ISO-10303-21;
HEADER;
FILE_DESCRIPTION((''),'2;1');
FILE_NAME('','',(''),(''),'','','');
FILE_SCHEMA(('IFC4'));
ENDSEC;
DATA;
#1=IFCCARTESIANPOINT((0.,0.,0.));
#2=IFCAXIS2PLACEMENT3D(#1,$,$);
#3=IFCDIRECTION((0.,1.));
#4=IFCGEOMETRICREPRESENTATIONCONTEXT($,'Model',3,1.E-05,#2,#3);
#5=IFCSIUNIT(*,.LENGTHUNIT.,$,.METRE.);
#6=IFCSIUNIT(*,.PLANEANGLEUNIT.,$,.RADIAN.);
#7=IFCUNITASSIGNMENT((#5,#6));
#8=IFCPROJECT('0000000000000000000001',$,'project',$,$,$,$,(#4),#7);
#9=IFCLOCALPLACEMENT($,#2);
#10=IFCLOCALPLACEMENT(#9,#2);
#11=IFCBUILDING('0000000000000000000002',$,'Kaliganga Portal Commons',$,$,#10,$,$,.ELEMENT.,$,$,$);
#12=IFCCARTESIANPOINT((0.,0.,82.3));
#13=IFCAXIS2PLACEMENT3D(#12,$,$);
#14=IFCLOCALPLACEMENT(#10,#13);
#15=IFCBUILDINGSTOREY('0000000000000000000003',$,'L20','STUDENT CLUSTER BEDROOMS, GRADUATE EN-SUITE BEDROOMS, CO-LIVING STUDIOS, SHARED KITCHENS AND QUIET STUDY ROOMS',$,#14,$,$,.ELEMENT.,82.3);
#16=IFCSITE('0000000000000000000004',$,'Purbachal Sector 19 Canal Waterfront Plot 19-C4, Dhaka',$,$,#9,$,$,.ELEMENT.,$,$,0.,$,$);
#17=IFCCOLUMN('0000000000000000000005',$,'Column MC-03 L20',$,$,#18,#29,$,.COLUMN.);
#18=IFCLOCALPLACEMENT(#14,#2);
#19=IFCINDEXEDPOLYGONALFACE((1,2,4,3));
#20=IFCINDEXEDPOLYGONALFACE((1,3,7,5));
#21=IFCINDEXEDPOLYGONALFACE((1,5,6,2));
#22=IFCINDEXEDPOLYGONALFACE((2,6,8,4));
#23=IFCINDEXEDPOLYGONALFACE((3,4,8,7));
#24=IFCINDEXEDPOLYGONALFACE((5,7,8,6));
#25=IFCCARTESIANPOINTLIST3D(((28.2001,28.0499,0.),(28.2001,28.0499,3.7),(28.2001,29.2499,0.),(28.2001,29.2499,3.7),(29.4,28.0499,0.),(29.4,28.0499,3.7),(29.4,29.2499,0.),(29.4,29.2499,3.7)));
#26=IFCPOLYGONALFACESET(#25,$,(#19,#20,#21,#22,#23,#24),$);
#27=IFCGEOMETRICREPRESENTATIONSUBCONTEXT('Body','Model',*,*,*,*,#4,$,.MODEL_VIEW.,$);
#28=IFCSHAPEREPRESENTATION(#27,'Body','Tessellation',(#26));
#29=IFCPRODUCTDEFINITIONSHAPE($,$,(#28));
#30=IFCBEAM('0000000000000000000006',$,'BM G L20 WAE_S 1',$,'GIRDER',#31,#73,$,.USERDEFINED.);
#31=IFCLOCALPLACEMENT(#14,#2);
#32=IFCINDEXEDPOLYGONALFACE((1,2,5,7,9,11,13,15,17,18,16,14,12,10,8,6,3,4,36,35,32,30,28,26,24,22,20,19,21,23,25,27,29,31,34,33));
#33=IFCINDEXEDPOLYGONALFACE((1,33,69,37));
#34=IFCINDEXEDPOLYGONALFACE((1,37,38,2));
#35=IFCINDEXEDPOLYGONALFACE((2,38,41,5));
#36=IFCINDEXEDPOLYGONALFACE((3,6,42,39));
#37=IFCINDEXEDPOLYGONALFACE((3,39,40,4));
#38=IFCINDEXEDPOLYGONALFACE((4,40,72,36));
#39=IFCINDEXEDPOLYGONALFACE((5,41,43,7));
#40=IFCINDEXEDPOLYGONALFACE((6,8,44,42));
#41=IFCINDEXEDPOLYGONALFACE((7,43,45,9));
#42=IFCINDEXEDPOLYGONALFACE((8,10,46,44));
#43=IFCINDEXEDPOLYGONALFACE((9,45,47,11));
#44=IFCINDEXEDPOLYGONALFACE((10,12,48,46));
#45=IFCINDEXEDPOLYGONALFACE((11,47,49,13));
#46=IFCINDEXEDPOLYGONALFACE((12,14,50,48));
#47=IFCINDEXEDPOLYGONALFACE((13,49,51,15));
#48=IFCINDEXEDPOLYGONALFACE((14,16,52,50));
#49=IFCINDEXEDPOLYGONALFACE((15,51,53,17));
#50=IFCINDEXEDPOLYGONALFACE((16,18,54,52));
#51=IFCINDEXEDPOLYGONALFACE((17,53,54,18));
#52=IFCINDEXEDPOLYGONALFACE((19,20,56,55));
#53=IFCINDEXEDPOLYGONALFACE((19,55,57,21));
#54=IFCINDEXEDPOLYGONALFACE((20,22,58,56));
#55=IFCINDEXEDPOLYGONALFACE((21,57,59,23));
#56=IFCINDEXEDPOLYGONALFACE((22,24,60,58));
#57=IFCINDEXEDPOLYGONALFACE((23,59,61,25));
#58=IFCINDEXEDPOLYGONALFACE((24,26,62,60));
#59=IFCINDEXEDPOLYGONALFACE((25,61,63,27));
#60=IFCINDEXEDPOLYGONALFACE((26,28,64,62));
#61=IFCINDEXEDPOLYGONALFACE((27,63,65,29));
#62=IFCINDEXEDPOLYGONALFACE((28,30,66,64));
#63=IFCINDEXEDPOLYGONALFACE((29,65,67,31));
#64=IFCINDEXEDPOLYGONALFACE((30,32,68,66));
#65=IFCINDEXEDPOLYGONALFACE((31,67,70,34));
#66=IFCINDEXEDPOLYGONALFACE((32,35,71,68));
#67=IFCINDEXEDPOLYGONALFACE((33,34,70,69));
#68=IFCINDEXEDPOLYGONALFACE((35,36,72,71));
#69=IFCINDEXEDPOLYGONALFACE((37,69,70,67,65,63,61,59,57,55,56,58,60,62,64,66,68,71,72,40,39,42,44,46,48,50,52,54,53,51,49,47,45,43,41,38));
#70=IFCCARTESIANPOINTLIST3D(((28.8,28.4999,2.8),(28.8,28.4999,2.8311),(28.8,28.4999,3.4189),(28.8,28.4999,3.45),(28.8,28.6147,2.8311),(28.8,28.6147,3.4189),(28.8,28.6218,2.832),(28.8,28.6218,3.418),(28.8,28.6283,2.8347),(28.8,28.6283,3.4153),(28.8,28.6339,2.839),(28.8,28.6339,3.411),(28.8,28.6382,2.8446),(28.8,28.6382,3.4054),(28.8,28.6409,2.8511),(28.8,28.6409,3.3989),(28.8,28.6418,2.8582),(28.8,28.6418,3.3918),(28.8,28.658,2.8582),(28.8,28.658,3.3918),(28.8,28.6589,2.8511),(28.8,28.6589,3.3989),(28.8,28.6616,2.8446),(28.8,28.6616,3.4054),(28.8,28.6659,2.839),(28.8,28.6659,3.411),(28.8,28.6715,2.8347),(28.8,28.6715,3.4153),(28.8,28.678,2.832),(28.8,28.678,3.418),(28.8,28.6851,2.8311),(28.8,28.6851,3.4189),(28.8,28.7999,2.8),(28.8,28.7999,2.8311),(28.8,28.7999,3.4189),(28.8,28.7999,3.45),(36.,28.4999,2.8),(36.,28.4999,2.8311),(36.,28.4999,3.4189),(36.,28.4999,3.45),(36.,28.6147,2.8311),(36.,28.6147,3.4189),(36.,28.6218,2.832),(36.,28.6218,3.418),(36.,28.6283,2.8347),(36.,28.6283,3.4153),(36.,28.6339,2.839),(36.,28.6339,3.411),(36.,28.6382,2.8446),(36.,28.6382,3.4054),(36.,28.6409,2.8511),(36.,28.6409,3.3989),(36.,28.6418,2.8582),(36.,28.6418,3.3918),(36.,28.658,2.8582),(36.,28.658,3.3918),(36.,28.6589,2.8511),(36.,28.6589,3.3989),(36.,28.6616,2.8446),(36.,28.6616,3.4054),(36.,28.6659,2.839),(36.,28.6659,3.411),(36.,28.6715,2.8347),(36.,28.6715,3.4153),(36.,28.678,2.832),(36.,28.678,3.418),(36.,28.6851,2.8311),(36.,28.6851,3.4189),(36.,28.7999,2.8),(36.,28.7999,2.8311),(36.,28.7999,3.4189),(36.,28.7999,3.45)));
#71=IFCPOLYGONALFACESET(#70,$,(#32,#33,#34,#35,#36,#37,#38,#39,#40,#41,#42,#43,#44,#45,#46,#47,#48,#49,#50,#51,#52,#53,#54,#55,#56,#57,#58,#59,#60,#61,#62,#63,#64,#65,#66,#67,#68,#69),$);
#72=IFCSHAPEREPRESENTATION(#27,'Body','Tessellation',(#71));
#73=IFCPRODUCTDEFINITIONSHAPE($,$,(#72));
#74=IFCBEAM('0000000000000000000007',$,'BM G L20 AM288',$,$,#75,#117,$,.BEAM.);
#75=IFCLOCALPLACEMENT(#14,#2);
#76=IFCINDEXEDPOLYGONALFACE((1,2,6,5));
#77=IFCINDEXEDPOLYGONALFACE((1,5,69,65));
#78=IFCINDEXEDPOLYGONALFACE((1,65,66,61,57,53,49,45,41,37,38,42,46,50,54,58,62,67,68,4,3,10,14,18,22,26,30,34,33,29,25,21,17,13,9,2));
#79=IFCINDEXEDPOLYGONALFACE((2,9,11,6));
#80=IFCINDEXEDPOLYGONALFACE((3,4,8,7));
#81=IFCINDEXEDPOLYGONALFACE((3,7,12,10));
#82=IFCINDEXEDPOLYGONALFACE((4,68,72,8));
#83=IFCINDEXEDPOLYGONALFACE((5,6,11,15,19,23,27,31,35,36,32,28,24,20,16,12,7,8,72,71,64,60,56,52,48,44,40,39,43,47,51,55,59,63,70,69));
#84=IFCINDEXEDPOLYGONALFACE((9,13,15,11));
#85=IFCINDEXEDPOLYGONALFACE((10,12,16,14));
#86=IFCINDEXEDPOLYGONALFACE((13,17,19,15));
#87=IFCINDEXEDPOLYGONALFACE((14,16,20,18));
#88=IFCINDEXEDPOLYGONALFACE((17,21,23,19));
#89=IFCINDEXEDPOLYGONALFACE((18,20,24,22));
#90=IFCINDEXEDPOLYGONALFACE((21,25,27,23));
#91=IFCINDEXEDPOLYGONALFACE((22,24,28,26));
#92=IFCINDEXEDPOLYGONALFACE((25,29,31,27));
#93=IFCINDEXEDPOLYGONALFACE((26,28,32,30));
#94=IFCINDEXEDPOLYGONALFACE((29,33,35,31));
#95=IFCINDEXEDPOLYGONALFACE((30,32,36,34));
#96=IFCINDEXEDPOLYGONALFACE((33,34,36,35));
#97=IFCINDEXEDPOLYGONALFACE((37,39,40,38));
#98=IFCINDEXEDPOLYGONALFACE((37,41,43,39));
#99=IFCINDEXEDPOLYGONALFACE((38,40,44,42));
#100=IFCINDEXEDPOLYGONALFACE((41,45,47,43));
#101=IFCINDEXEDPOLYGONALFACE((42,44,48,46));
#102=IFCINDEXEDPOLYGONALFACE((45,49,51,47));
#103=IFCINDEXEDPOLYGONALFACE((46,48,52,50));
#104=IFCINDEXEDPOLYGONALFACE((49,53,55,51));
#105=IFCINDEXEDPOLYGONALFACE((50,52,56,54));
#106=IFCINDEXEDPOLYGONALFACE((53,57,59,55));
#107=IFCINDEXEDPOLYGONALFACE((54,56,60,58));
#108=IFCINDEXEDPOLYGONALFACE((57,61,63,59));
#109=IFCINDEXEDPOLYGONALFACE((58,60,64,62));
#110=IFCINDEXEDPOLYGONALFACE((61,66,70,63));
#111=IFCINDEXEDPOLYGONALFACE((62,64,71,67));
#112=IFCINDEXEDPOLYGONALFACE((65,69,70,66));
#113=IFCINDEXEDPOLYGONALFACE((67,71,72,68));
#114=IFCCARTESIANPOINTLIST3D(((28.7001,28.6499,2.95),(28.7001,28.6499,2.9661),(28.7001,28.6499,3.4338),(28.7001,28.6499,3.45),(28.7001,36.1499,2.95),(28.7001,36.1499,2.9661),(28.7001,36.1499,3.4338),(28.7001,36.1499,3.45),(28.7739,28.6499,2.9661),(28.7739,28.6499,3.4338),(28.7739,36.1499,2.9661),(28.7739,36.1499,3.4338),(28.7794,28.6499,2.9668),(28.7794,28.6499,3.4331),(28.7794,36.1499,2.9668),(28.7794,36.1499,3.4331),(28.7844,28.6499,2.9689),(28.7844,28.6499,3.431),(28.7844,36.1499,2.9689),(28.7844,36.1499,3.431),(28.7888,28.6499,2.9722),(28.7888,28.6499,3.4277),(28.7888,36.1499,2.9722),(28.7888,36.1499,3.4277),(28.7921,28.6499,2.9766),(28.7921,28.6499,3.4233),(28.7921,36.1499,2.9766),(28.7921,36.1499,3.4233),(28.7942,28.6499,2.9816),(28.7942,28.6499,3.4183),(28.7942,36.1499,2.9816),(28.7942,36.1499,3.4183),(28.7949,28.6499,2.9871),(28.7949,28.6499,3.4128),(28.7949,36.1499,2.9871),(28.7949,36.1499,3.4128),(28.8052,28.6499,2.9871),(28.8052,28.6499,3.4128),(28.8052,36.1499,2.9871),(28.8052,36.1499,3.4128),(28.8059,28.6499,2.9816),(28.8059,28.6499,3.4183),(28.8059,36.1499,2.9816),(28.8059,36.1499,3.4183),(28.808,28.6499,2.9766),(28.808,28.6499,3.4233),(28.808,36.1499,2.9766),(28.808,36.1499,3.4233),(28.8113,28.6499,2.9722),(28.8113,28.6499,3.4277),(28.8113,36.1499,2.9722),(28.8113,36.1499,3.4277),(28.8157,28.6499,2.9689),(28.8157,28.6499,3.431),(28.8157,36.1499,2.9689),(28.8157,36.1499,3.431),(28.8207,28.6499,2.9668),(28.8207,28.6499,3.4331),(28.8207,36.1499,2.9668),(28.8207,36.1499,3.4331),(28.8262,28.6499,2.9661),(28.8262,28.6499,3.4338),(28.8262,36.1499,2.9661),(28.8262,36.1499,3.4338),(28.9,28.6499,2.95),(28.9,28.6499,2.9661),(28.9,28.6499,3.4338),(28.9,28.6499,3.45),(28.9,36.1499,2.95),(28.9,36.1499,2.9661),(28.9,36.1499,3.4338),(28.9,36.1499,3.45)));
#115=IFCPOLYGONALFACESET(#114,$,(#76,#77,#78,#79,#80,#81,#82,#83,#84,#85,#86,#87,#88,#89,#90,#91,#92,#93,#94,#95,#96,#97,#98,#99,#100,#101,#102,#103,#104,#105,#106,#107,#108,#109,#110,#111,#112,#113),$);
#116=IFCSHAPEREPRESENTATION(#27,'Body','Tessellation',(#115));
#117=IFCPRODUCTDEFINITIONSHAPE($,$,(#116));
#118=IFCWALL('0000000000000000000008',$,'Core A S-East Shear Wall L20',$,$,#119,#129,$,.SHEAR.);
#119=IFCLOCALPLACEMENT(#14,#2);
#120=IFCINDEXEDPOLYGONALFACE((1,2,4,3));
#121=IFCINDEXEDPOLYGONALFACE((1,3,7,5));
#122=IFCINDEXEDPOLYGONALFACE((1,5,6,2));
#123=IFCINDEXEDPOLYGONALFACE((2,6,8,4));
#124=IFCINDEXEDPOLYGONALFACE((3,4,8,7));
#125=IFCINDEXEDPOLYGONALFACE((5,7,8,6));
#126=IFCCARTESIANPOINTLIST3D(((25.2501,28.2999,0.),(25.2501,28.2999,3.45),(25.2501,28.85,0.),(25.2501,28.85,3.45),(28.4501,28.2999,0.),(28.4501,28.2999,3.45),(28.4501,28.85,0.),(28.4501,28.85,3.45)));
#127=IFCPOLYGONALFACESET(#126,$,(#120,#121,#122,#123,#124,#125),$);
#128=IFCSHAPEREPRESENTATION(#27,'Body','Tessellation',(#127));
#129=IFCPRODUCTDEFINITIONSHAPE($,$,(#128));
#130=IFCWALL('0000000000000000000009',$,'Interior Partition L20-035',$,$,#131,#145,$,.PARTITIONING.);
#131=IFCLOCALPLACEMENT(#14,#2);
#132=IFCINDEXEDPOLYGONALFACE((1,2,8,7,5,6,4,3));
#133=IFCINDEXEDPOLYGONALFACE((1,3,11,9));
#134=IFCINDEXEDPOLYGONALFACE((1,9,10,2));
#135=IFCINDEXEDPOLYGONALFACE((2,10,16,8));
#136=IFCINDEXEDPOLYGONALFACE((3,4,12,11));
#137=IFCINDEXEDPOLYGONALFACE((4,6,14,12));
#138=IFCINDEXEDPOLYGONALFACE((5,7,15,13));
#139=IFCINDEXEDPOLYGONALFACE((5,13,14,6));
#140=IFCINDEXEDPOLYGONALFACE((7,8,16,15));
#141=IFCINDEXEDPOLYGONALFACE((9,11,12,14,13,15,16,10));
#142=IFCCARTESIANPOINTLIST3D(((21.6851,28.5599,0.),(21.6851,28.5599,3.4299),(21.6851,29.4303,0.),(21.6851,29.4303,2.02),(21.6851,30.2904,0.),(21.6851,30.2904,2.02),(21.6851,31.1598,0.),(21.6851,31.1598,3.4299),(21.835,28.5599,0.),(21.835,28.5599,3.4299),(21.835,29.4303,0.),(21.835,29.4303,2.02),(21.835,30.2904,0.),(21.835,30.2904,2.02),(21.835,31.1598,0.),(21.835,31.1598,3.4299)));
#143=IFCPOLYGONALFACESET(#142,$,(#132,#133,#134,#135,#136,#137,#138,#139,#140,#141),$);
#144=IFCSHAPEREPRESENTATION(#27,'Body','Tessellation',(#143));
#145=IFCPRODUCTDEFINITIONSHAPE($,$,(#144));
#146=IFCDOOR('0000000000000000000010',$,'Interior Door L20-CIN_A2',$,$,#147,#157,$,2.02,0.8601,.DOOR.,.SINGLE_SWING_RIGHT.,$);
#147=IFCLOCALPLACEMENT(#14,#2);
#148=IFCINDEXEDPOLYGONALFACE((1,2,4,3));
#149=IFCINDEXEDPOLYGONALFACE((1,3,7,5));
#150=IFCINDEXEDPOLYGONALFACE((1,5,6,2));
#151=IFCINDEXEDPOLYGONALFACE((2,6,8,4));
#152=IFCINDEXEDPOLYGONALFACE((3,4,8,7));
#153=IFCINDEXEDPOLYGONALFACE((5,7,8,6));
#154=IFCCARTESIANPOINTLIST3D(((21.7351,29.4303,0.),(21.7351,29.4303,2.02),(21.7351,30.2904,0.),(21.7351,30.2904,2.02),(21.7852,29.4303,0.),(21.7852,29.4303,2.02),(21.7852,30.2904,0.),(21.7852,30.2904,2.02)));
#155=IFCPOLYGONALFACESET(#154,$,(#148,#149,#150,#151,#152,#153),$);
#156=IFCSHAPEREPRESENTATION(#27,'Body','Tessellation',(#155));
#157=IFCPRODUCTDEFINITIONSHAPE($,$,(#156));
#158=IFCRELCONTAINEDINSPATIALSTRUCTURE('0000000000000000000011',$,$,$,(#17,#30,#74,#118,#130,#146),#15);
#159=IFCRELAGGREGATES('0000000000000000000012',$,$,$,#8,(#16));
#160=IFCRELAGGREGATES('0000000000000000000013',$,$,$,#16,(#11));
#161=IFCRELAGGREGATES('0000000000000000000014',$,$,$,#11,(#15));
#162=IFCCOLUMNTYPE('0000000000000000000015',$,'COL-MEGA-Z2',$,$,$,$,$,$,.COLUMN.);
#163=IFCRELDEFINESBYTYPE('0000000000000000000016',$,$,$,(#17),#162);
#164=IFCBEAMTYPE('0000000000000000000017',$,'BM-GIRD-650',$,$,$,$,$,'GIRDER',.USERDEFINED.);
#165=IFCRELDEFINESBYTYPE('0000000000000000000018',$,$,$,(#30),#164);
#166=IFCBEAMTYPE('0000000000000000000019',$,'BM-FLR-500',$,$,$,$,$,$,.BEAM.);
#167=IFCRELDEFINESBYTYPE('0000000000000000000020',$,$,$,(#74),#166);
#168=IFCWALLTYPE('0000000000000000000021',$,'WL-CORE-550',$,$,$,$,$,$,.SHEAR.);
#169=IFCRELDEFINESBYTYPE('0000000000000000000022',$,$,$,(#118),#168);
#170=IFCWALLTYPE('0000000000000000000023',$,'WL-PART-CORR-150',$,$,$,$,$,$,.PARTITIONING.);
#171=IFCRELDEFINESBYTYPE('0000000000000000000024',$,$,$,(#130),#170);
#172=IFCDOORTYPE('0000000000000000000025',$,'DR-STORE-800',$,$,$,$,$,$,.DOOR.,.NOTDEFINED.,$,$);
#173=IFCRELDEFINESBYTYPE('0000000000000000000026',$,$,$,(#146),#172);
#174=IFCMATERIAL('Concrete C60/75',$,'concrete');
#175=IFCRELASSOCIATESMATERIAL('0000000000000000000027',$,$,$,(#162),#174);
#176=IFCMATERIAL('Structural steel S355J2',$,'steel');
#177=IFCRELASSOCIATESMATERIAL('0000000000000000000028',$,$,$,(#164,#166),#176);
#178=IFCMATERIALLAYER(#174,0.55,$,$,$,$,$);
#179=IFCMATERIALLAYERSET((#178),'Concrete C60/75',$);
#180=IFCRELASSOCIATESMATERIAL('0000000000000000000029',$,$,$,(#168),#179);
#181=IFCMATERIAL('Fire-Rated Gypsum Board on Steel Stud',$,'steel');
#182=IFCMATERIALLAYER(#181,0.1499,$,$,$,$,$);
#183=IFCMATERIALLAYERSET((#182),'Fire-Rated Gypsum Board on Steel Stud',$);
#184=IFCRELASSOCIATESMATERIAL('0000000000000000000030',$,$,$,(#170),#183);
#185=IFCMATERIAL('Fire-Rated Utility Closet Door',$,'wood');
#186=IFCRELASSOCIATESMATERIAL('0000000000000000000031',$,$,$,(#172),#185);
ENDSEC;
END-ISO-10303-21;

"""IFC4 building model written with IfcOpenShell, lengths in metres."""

from ifc_helpers import new_model, si_unit, direction, frame, frame_2d, origin, origin_2d, place, context, subcontext, project, spatial, rectangle, i_section, extrude, source, transform, mapped, material, layer, layer_set, material_profile, profile_set, type_object, element, fill, save


model = new_model("IFC4")

# Units and contexts
model_context = context("Model", 3, precision=1e-05, world=origin(), true_north=direction((0.0, 1.0)))
body_context = subcontext(model_context, "Body", "Model", "MODEL_VIEW")
ifc_project = project(units=[si_unit("LENGTHUNIT", "METRE"), si_unit("PLANEANGLEUNIT", "RADIAN")], contexts=[model_context])

# Site, building, storey
site_placement = place(None, origin())
site = spatial("IfcSite", under=ifc_project, at=site_placement, Name="Purbachal Sector 19 Canal Waterfront Plot 19-C4, Dhaka", CompositionType="ELEMENT", RefElevation=0.0)
building_placement = place(site_placement, origin())
building = spatial("IfcBuilding", under=site, at=building_placement, Name="Kaliganga Portal Commons", CompositionType="ELEMENT")
storey_placement = place(building_placement, frame((0.0, 0.0, 82.3)))
storey = spatial("IfcBuildingStorey", under=building, at=storey_placement, Name="L20", Description="STUDENT CLUSTER BEDROOMS, GRADUATE EN-SUITE BEDROOMS, CO-LIVING STUDIOS, SHARED KITCHENS AND QUIET STUDY ROOMS", CompositionType="ELEMENT", Elevation=82.3)

# Column
ifc_material_1 = material(Name="Concrete C60/75", Category="concrete")
ifc_material_profile_1 = material_profile(ifc_material_1, rectangle(XDim=1.2, YDim=1.2, at=origin_2d()), Name="RC 1200x1200")
ifc_profile_set_1 = profile_set([ifc_material_profile_1], Name="Concrete C60/75")
column_type = type_object("IfcColumnType", Name="COL-MEGA-Z2", PredefinedType="COLUMN", material=ifc_profile_set_1)
shared_shape_1 = source(origin(), body_context, "Body", "SweptSolid", [
    extrude(rectangle(XDim=1.2, YDim=1.2, at=origin_2d()), origin(), (0.0, 0.0, 1.0), 3.7),
])
column_placement = place(storey_placement, frame((28.8, 28.6499, 0.0), z_axis=(0.0, 0.0, 1.0), x_axis=(1.0, 0.0, 0.0)))
element("IfcColumn", 1, at=column_placement, inside=storey, type_object=column_type, Name="Column MC-03 L20", PredefinedType="COLUMN", context=body_context, shape_type="MappedRepresentation", body=[
    mapped(shared_shape_1, transform((0.0, 0.0, 0.0), x_axis=(1.0, 0.0, 0.0), y_axis=(0.0, 1.0, 0.0), z_axis=(0.0, 0.0, 1.0), scale=1.0)),
])

# Beams
ifc_material_2 = material(Name="Structural steel S355J2", Category="steel")
ifc_material_profile_2 = material_profile(ifc_material_2, i_section(OverallWidth=0.3, OverallDepth=0.6499, WebThickness=0.0161, FlangeThickness=0.031, FilletRadius=0.0271, at=origin_2d()), Name="HE 650 B")
ifc_profile_set_2 = profile_set([ifc_material_profile_2], Name="Structural steel S355J2 wide-flange")
beam_type_1 = type_object("IfcBeamType", Name="BM-GIRD-650", ElementType="GIRDER", PredefinedType="USERDEFINED", material=ifc_profile_set_2)
shared_shape_2 = source(origin(), body_context, "Body", "SweptSolid", [
    extrude(i_section(OverallWidth=0.3, OverallDepth=0.6499, WebThickness=0.0161, FlangeThickness=0.031, FilletRadius=0.0271, at=origin_2d()), origin(), (0.0, 0.0, 1.0), 7.2),
])
beam_1_placement = place(storey_placement, frame((28.8, 28.6499, 3.125), z_axis=(1.0, 0.0, 0.0), x_axis=(0.0, 1.0, 0.0)))
element("IfcBeam", 2, at=beam_1_placement, inside=storey, type_object=beam_type_1, Name="BM G L20 WAE_S 1", ObjectType="GIRDER", PredefinedType="USERDEFINED", context=body_context, shape_type="MappedRepresentation", body=[
    mapped(shared_shape_2, transform((0.0, 0.0, 0.0), x_axis=(1.0, 0.0, 0.0), y_axis=(0.0, 1.0, 0.0), z_axis=(0.0, 0.0, 1.0), scale=1.0)),
])
ifc_material_profile_3 = material_profile(ifc_material_2, i_section(OverallWidth=0.2, OverallDepth=0.5, WebThickness=0.0103, FlangeThickness=0.0161, FilletRadius=0.021, at=origin_2d()), Name="IPE 500")
ifc_profile_set_3 = profile_set([ifc_material_profile_3], Name="Structural steel S355J2 wide-flange")
beam_type_2 = type_object("IfcBeamType", Name="BM-FLR-500", PredefinedType="BEAM", material=ifc_profile_set_3)
shared_shape_3 = source(origin(), body_context, "Body", "SweptSolid", [
    extrude(i_section(OverallWidth=0.2, OverallDepth=0.5, WebThickness=0.0103, FlangeThickness=0.0161, FilletRadius=0.021, at=origin_2d()), origin(), (0.0, 0.0, 1.0), 7.5),
])
beam_2_placement = place(storey_placement, frame((28.8, 28.6499, 3.2), z_axis=(0.0, 1.0, 0.0), x_axis=(-1.0, 0.0, 0.0)))
element("IfcBeam", 3, at=beam_2_placement, inside=storey, type_object=beam_type_2, Name="BM G L20 AM288", PredefinedType="BEAM", context=body_context, shape_type="MappedRepresentation", body=[
    mapped(shared_shape_3, transform((0.0, 0.0, 0.0), x_axis=(1.0, 0.0, 0.0), y_axis=(0.0, 1.0, 0.0), z_axis=(0.0, 0.0, 1.0), scale=1.0)),
])

# Wall
ifc_layer_1 = layer(ifc_material_1, 0.55)
ifc_layer_set_1 = layer_set([ifc_layer_1], Name="Concrete C60/75")
wall_type_1 = type_object("IfcWallType", Name="WL-CORE-550", PredefinedType="SHEAR", material=ifc_layer_set_1)
wall_1_placement = place(storey_placement, frame((25.25, 28.575, 0.0), z_axis=(0.0, 0.0, 1.0), x_axis=(1.0, 0.0, 0.0)))
element("IfcWall", 4, at=wall_1_placement, inside=storey, type_object=wall_type_1, Name="Core A S-East Shear Wall L20", PredefinedType="SHEAR", context=body_context, shape_type="SweptSolid", body=[
    extrude(rectangle(XDim=3.2, YDim=0.55, at=frame_2d((1.6001, 0.0))), origin(), (0.0, 0.0, 1.0), 3.45),
])

# Wall, opening, door
ifc_material_3 = material(Name="Fire-Rated Gypsum Board on Steel Stud", Category="steel")
ifc_layer_2 = layer(ifc_material_3, 0.1499)
ifc_layer_set_2 = layer_set([ifc_layer_2], Name="Fire-Rated Gypsum Board on Steel Stud")
wall_type_2 = type_object("IfcWallType", Name="WL-PART-CORR-150", PredefinedType="PARTITIONING", material=ifc_layer_set_2)
wall_2_placement = place(storey_placement, frame((21.76, 28.5601, 0.0), z_axis=(0.0, 0.0, 1.0), x_axis=(0.0, 1.0, 0.0)))
wall_2 = element("IfcWall", 5, at=wall_2_placement, inside=storey, type_object=wall_type_2, Name="Interior Partition L20-035", PredefinedType="PARTITIONING", context=body_context, shape_type="SweptSolid", body=[
    extrude(rectangle(XDim=2.5999, YDim=0.1499, at=frame_2d((1.2998, 0.0))), origin(), (0.0, 0.0, 1.0), 3.4299),
])
opening_1_placement = place(wall_2_placement, frame((0.8701, 0.0, 0.0)))
opening_1 = element("IfcOpeningElement", 6, at=opening_1_placement, cuts=wall_2, PredefinedType="OPENING", context=body_context, shape_type="SweptSolid", body=[
    extrude(rectangle(XDim=0.8601, YDim=2.02, at=frame_2d((0.4302, 1.01))), frame((0.0, 0.085, 0.0), z_axis=(0.0, -1.0, 0.0), x_axis=(1.0, 0.0, 0.0)), (0.0, 0.0, 1.0), 0.1699),
])
ifc_material_4 = material(Name="Fire-Rated Utility Closet Door", Category="wood")
door_type_1 = type_object("IfcDoorType", Name="DR-STORE-800", OperationType="NOTDEFINED", PredefinedType="DOOR", material=ifc_material_4)
door_1_placement = place(opening_1_placement, origin())
door_1 = element("IfcDoor", 7, at=door_1_placement, inside=storey, type_object=door_type_1, Name="Interior Door L20-CIN_A2", OperationType="SINGLE_SWING_RIGHT", OverallHeight=2.02, OverallWidth=0.8601, PredefinedType="DOOR", context=body_context, shape_type="SweptSolid", body=[
    extrude(rectangle(XDim=0.8601, YDim=2.02, at=frame_2d((0.4302, 1.01))), frame((0.0, 0.0249, 0.0), z_axis=(0.0, -1.0, 0.0), x_axis=(1.0, 0.0, 0.0)), (0.0, 0.0, 1.0), 0.05),
])
fill(opening_1, door_1)

save(model, "model.ifc")
